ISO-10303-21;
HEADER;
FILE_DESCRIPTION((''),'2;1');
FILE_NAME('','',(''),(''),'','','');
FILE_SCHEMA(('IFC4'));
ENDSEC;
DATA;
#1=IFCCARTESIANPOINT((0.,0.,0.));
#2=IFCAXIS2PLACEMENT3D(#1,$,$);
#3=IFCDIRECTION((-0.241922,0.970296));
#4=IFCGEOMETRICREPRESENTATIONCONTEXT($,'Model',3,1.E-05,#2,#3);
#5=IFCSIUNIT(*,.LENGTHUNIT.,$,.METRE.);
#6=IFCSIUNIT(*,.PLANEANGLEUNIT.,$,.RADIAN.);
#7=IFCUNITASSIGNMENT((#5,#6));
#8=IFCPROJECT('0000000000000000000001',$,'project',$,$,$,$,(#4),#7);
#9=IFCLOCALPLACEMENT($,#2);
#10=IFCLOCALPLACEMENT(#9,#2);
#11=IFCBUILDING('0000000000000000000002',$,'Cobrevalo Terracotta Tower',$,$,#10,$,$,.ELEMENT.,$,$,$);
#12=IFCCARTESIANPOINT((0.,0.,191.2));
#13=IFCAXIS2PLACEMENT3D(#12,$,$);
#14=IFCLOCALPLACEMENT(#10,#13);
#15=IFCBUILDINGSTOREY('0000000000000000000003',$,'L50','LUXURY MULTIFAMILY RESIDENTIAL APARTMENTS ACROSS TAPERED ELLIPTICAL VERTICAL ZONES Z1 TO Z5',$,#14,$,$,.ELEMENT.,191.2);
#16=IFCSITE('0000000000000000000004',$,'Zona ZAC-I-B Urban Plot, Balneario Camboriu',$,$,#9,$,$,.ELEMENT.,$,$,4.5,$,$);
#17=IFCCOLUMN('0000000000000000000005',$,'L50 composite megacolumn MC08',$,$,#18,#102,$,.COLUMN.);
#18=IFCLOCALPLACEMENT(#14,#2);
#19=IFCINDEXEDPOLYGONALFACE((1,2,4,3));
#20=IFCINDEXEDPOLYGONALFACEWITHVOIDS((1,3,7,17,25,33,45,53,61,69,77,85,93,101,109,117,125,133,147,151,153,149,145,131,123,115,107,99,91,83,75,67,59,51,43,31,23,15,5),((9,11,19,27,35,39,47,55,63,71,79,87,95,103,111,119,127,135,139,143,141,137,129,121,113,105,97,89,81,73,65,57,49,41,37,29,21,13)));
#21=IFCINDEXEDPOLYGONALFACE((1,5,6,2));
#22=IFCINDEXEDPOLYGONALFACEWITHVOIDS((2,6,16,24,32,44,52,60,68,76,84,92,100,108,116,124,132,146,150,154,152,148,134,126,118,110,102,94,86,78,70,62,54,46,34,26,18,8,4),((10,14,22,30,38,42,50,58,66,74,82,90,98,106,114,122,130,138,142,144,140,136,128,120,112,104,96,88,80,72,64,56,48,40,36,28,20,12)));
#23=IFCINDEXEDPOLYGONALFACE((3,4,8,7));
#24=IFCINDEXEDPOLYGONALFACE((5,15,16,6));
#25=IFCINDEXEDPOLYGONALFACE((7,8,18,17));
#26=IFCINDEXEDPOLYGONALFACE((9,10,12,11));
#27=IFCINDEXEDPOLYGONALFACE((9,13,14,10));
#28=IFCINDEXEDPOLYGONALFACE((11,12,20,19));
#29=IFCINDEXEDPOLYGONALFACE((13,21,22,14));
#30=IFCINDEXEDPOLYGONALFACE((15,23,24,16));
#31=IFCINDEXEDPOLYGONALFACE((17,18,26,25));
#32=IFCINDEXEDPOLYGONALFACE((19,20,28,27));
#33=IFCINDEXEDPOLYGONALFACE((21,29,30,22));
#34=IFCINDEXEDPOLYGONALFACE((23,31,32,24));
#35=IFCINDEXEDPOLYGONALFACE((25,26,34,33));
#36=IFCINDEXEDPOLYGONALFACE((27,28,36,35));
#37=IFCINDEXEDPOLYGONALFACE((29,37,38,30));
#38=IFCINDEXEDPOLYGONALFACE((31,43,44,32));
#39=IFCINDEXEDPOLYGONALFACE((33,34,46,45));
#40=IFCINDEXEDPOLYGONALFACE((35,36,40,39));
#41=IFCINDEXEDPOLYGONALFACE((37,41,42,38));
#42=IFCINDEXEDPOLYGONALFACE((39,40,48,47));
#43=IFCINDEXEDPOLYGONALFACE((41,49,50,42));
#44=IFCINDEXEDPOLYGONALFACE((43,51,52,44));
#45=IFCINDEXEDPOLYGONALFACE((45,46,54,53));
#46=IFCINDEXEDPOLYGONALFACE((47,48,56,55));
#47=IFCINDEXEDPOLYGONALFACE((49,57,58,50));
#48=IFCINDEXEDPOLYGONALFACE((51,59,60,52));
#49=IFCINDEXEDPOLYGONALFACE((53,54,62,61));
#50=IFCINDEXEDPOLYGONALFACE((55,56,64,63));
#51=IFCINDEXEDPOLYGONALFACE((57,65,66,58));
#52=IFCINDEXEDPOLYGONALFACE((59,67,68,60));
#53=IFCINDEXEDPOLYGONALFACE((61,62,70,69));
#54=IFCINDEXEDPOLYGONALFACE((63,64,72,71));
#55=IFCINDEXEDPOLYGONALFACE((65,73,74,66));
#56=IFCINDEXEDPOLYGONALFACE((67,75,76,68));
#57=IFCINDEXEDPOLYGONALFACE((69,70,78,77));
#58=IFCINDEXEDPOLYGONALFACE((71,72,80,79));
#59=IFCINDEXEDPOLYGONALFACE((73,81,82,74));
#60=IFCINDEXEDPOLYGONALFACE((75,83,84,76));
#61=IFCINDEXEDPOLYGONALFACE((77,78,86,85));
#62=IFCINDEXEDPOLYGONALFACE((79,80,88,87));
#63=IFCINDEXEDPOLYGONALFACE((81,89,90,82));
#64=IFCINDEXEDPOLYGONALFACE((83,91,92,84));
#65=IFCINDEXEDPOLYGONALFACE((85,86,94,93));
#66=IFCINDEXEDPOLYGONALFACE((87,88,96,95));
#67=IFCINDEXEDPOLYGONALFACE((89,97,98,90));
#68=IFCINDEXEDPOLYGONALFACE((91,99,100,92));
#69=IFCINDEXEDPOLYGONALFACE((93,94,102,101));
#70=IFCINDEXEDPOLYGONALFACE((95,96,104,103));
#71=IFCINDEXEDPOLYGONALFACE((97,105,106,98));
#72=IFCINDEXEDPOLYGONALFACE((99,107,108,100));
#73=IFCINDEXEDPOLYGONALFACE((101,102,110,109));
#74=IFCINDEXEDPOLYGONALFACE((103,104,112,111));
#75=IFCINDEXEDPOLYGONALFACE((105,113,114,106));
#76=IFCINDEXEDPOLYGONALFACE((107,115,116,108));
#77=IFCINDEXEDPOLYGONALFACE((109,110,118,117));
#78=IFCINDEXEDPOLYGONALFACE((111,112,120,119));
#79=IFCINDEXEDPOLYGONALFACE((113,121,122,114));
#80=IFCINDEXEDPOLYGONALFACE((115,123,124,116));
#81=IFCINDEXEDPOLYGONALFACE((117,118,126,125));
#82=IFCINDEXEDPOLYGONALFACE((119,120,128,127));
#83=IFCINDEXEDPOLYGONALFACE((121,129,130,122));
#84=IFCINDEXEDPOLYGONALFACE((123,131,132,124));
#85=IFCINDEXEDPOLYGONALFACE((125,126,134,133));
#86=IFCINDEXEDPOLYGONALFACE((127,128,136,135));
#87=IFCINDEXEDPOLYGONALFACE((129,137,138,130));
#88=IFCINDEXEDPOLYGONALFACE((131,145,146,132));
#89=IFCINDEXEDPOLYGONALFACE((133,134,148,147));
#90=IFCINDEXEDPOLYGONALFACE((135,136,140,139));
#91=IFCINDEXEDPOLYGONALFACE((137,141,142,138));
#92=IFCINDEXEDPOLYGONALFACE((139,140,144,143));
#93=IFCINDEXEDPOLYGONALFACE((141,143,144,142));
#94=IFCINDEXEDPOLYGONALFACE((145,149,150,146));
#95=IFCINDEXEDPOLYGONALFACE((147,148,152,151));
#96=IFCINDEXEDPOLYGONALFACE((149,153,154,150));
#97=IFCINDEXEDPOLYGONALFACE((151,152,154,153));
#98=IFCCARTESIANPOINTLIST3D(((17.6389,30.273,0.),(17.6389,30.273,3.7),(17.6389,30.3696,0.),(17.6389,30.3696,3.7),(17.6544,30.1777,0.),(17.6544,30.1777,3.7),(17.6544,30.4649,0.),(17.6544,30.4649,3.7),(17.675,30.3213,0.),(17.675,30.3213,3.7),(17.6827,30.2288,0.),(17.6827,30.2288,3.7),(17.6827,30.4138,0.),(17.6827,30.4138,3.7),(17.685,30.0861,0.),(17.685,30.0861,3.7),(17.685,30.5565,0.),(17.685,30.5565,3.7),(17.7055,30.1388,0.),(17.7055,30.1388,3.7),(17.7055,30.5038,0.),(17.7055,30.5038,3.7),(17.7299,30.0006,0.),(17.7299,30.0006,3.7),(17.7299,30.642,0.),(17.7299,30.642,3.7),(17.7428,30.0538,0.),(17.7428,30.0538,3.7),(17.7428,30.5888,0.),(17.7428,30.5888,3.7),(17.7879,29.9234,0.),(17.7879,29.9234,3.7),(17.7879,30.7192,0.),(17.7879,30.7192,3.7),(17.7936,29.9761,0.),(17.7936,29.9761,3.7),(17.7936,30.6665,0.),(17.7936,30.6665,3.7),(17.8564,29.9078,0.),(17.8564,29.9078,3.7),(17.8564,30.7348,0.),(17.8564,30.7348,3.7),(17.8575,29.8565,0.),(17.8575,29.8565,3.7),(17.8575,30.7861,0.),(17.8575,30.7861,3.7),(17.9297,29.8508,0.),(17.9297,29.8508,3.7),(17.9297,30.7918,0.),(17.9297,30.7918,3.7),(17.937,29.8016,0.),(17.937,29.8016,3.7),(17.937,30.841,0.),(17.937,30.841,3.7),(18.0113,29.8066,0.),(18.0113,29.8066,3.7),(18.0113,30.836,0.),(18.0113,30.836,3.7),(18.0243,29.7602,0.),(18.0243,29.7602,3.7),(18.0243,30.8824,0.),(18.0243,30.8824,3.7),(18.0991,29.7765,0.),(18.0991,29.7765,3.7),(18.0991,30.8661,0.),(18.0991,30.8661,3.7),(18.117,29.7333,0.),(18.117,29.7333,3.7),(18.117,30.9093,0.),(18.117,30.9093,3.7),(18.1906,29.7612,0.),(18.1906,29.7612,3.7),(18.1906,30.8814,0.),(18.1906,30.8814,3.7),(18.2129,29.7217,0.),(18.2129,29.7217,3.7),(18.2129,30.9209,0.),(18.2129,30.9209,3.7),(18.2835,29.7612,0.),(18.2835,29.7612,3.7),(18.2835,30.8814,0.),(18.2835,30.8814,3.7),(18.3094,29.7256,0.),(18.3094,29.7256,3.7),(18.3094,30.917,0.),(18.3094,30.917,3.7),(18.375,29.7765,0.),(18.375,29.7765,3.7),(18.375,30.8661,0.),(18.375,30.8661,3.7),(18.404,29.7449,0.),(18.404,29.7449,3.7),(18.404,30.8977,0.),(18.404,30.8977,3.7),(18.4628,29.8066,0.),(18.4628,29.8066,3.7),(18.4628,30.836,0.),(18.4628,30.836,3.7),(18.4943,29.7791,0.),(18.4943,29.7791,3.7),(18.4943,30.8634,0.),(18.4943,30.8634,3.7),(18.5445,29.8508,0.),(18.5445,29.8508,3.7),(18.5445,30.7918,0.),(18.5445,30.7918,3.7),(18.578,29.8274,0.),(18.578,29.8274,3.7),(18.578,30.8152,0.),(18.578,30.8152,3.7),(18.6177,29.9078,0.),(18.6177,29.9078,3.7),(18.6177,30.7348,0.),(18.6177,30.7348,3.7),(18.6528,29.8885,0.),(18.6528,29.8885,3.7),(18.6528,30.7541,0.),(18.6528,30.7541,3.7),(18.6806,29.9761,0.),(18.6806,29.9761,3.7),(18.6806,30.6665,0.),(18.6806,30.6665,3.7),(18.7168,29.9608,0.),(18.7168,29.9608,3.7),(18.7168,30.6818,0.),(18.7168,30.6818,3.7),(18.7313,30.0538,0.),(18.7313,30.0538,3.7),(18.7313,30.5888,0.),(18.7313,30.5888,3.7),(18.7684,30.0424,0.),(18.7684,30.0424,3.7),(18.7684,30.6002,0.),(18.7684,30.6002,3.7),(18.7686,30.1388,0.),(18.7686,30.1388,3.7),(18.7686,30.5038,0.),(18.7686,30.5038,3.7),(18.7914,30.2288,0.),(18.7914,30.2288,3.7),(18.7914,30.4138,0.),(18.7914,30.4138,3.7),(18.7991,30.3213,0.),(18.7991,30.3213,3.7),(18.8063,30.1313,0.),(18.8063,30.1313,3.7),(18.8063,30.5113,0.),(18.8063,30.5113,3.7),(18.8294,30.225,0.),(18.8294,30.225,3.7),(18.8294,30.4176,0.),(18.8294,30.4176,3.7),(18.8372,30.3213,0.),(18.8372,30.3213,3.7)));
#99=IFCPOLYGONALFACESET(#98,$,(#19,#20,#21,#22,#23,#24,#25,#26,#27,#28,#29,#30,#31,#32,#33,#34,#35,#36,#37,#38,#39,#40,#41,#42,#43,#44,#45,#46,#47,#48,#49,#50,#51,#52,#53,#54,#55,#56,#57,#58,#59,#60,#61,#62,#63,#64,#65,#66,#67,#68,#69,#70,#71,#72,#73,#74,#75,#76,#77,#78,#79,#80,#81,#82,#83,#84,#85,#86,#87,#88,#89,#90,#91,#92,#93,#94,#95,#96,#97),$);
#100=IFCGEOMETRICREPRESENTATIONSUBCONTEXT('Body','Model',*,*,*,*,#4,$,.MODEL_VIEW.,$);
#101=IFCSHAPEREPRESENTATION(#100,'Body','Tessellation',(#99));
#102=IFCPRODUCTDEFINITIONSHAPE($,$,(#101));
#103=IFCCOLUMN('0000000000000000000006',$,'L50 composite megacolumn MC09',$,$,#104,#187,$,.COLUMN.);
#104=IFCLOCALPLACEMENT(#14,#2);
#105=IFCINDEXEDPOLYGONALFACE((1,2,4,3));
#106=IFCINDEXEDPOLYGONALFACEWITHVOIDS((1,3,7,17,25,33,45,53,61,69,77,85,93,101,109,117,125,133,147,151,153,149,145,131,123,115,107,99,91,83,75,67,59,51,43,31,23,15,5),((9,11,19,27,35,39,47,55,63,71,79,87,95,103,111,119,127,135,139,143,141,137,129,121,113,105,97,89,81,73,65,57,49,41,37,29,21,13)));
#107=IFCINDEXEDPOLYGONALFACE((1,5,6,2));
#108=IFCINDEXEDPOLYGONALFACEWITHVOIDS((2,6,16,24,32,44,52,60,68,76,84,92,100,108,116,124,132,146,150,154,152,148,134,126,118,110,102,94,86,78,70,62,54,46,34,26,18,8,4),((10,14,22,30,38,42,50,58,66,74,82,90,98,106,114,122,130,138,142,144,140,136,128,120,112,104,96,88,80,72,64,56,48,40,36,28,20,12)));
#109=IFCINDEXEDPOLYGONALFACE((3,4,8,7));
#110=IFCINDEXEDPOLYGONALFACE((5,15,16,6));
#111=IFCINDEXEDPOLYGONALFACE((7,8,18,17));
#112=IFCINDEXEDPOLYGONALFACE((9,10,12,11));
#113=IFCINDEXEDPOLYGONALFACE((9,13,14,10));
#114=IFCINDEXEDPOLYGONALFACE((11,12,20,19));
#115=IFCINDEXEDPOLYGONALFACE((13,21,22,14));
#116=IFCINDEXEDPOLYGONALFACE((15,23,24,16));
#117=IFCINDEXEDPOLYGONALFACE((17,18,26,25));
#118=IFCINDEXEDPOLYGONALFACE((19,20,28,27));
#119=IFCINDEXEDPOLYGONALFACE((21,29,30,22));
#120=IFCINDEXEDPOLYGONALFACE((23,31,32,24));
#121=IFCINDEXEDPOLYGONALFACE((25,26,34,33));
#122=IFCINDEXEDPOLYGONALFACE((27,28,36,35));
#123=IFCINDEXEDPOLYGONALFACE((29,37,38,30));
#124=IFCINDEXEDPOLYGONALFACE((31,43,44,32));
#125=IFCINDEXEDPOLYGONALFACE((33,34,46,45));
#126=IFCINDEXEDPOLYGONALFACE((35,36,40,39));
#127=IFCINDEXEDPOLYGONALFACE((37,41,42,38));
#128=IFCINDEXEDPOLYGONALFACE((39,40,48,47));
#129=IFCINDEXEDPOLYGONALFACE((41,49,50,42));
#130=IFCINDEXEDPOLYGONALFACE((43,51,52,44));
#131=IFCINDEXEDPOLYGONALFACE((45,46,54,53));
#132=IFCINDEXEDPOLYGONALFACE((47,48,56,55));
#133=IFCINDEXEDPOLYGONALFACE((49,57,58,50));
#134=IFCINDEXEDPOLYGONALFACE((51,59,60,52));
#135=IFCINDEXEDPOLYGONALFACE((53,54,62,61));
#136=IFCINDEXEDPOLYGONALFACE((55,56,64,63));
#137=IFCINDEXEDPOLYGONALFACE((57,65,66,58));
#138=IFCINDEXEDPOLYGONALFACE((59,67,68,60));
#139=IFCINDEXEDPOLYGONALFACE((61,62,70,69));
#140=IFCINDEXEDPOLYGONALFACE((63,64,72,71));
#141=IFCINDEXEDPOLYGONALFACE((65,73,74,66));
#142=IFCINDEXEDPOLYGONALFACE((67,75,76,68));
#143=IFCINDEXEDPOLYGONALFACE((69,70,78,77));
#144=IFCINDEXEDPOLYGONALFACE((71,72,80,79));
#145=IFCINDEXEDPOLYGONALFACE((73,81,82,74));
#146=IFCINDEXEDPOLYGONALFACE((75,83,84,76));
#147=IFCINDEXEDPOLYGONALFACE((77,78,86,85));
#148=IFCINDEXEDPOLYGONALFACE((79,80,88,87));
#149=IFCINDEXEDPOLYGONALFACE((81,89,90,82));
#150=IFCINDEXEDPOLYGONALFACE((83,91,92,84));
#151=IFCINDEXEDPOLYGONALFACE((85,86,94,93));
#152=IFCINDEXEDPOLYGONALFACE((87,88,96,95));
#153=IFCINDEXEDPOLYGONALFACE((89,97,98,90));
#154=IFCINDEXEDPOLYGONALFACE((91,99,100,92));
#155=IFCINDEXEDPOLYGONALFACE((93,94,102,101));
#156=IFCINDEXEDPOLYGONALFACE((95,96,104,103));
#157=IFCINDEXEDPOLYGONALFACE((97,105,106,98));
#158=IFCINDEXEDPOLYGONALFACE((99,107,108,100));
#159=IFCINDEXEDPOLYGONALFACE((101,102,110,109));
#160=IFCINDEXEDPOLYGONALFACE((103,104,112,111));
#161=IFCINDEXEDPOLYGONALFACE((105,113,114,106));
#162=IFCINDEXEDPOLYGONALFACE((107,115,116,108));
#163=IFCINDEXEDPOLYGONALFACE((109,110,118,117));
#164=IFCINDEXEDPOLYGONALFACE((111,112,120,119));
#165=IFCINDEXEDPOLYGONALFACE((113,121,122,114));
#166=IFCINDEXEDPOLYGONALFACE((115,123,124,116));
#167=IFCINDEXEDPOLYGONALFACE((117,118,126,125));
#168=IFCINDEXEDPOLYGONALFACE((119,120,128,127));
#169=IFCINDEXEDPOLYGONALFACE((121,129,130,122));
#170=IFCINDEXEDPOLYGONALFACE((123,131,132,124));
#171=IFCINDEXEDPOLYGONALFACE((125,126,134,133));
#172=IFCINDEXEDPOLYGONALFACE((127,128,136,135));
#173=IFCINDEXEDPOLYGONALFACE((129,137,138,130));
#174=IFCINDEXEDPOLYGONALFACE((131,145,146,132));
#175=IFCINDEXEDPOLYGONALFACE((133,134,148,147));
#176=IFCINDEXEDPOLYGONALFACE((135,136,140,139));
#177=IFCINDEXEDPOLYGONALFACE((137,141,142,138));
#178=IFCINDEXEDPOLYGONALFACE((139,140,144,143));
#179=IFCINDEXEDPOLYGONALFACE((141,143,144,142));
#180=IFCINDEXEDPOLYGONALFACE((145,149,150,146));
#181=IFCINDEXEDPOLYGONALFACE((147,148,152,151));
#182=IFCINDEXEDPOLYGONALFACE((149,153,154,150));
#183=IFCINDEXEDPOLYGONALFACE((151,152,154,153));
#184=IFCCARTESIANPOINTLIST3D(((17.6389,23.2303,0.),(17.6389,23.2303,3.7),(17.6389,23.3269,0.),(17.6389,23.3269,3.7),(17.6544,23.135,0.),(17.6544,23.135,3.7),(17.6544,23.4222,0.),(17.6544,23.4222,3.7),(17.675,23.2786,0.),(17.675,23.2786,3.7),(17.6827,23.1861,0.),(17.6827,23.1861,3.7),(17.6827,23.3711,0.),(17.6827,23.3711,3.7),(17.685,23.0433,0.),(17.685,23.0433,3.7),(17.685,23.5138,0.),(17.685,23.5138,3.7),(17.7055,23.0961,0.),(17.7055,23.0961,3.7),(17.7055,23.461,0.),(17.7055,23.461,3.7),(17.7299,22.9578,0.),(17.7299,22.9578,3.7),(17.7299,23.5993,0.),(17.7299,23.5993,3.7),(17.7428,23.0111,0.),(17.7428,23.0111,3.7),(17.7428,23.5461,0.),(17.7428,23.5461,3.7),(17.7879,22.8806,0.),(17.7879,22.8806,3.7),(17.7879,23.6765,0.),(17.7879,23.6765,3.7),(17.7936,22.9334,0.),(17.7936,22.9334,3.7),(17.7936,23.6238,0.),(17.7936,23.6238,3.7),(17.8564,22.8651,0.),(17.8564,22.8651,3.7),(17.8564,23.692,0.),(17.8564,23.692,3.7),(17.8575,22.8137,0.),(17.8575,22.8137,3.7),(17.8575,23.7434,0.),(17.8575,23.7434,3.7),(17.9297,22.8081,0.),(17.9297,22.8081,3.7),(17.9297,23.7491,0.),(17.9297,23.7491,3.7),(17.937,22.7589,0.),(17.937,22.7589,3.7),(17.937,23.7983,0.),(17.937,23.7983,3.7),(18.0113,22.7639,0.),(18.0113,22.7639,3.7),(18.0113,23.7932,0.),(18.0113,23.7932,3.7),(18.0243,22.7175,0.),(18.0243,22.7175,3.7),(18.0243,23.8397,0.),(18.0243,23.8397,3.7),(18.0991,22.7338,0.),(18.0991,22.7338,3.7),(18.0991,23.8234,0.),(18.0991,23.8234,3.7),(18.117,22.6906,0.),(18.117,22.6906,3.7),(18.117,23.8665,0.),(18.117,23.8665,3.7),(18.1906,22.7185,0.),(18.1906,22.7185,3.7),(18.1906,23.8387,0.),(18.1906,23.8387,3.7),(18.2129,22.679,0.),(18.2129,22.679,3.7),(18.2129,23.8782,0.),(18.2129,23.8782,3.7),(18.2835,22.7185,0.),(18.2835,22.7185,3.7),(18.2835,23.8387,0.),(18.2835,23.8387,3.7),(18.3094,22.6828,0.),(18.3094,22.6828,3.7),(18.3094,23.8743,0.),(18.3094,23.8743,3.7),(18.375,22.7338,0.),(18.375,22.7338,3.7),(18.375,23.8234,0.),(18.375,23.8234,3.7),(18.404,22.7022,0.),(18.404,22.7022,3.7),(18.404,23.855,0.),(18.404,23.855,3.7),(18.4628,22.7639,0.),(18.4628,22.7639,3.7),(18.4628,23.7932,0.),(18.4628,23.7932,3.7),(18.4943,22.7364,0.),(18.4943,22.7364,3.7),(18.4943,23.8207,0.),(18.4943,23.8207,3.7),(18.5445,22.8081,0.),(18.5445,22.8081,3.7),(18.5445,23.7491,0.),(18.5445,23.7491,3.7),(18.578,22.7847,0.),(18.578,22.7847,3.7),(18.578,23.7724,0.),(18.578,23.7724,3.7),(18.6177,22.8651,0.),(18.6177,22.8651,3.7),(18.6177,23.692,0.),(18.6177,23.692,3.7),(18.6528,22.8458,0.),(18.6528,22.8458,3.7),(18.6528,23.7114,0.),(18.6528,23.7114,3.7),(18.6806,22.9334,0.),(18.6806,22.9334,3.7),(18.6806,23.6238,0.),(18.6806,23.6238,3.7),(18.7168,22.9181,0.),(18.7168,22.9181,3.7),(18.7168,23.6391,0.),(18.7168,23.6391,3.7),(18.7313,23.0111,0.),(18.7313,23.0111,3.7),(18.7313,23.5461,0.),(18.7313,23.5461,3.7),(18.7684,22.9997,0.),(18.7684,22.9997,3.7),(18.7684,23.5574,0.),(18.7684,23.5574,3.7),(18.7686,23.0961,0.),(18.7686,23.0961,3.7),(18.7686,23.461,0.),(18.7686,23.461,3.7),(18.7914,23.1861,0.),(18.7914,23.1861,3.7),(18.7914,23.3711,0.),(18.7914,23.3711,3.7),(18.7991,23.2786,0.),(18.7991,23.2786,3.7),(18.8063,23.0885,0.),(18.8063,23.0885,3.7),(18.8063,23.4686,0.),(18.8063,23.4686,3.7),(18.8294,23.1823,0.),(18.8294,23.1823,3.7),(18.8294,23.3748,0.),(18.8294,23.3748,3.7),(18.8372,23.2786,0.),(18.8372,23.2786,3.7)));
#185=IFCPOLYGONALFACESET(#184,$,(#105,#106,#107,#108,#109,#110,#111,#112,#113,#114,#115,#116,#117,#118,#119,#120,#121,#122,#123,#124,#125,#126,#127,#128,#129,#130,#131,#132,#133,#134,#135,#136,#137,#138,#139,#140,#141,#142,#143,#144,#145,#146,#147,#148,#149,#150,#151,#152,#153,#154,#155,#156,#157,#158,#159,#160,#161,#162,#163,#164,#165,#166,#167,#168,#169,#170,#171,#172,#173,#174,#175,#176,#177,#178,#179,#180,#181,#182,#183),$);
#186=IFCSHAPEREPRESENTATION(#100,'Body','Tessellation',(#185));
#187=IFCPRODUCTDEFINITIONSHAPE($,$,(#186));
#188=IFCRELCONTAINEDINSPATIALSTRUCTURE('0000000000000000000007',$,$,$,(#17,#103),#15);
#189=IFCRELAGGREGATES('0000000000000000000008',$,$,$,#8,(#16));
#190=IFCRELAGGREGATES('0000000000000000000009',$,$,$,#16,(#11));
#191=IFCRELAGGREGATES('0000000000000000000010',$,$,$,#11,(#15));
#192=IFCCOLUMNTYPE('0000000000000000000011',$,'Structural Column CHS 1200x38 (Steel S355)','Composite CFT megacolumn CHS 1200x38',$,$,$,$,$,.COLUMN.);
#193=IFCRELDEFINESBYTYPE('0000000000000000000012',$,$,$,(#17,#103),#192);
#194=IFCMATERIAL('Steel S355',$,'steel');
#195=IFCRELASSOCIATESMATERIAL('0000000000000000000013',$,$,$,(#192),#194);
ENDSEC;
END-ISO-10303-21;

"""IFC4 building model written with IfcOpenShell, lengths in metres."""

from ifc_helpers import new_model, si_unit, direction, frame, origin, origin_2d, place, context, subcontext, project, spatial, hollow_circle, extrude, material, material_profile, profile_set, type_object, element, save


model = new_model("IFC4")

# Units and contexts
model_context = context("Model", 3, precision=1e-05, world=origin(), true_north=direction((-0.241922, 0.970296)))
body_context = subcontext(model_context, "Body", "Model", "MODEL_VIEW")
ifc_project = project(units=[si_unit("LENGTHUNIT", "METRE"), si_unit("PLANEANGLEUNIT", "RADIAN")], contexts=[model_context])

# Site, building, storey
site_placement = place(None, origin())
site = spatial("IfcSite", under=ifc_project, at=site_placement, Name="Zona ZAC-I-B Urban Plot, Balneario Camboriu", CompositionType="ELEMENT", RefElevation=4.5)
building_placement = place(site_placement, origin())
building = spatial("IfcBuilding", under=site, at=building_placement, Name="Cobrevalo Terracotta Tower", CompositionType="ELEMENT")
storey_placement = place(building_placement, frame((0.0, 0.0, 191.2)))
storey = spatial("IfcBuildingStorey", under=building, at=storey_placement, Name="L50", Description="LUXURY MULTIFAMILY RESIDENTIAL APARTMENTS ACROSS TAPERED ELLIPTICAL VERTICAL ZONES Z1 TO Z5", CompositionType="ELEMENT", Elevation=191.2)

# Columns
ifc_material_1 = material(Name="Steel S355", Category="steel")
ifc_material_profile_1 = material_profile(ifc_material_1, hollow_circle(Radius=0.6001, WallThickness=0.0381, at=origin_2d()), Name="CHS 1200x38")
ifc_profile_set_1 = profile_set([ifc_material_profile_1], Name="Steel S355")
column_type = type_object("IfcColumnType", Name="Structural Column CHS 1200x38 (Steel S355)", Description="Composite CFT megacolumn CHS 1200x38", PredefinedType="COLUMN", material=ifc_profile_set_1)
for number, where, z_axis, x_axis, name in (
    (1, (18.2371, 30.3213, 0.0), (0.0, 0.0, 1.0), (1.0, 0.0, 0.0), "L50 composite megacolumn MC08"),
    (2, (18.2371, 23.2786, 0.0), (0.0, 0.0, 1.0), (1.0, 0.0, 0.0), "L50 composite megacolumn MC09"),
):
    element("IfcColumn", number, at=place(storey_placement, frame(where, z_axis=z_axis, x_axis=x_axis)), inside=storey, type_object=column_type, Name=name, PredefinedType="COLUMN", context=body_context, shape_type="SweptSolid", body=[
        extrude(hollow_circle(Radius=0.6001, WallThickness=0.0381, at=origin_2d()), origin(), (0.0, 0.0, 1.0), 3.7),
    ])

save(model, "model.ifc")
